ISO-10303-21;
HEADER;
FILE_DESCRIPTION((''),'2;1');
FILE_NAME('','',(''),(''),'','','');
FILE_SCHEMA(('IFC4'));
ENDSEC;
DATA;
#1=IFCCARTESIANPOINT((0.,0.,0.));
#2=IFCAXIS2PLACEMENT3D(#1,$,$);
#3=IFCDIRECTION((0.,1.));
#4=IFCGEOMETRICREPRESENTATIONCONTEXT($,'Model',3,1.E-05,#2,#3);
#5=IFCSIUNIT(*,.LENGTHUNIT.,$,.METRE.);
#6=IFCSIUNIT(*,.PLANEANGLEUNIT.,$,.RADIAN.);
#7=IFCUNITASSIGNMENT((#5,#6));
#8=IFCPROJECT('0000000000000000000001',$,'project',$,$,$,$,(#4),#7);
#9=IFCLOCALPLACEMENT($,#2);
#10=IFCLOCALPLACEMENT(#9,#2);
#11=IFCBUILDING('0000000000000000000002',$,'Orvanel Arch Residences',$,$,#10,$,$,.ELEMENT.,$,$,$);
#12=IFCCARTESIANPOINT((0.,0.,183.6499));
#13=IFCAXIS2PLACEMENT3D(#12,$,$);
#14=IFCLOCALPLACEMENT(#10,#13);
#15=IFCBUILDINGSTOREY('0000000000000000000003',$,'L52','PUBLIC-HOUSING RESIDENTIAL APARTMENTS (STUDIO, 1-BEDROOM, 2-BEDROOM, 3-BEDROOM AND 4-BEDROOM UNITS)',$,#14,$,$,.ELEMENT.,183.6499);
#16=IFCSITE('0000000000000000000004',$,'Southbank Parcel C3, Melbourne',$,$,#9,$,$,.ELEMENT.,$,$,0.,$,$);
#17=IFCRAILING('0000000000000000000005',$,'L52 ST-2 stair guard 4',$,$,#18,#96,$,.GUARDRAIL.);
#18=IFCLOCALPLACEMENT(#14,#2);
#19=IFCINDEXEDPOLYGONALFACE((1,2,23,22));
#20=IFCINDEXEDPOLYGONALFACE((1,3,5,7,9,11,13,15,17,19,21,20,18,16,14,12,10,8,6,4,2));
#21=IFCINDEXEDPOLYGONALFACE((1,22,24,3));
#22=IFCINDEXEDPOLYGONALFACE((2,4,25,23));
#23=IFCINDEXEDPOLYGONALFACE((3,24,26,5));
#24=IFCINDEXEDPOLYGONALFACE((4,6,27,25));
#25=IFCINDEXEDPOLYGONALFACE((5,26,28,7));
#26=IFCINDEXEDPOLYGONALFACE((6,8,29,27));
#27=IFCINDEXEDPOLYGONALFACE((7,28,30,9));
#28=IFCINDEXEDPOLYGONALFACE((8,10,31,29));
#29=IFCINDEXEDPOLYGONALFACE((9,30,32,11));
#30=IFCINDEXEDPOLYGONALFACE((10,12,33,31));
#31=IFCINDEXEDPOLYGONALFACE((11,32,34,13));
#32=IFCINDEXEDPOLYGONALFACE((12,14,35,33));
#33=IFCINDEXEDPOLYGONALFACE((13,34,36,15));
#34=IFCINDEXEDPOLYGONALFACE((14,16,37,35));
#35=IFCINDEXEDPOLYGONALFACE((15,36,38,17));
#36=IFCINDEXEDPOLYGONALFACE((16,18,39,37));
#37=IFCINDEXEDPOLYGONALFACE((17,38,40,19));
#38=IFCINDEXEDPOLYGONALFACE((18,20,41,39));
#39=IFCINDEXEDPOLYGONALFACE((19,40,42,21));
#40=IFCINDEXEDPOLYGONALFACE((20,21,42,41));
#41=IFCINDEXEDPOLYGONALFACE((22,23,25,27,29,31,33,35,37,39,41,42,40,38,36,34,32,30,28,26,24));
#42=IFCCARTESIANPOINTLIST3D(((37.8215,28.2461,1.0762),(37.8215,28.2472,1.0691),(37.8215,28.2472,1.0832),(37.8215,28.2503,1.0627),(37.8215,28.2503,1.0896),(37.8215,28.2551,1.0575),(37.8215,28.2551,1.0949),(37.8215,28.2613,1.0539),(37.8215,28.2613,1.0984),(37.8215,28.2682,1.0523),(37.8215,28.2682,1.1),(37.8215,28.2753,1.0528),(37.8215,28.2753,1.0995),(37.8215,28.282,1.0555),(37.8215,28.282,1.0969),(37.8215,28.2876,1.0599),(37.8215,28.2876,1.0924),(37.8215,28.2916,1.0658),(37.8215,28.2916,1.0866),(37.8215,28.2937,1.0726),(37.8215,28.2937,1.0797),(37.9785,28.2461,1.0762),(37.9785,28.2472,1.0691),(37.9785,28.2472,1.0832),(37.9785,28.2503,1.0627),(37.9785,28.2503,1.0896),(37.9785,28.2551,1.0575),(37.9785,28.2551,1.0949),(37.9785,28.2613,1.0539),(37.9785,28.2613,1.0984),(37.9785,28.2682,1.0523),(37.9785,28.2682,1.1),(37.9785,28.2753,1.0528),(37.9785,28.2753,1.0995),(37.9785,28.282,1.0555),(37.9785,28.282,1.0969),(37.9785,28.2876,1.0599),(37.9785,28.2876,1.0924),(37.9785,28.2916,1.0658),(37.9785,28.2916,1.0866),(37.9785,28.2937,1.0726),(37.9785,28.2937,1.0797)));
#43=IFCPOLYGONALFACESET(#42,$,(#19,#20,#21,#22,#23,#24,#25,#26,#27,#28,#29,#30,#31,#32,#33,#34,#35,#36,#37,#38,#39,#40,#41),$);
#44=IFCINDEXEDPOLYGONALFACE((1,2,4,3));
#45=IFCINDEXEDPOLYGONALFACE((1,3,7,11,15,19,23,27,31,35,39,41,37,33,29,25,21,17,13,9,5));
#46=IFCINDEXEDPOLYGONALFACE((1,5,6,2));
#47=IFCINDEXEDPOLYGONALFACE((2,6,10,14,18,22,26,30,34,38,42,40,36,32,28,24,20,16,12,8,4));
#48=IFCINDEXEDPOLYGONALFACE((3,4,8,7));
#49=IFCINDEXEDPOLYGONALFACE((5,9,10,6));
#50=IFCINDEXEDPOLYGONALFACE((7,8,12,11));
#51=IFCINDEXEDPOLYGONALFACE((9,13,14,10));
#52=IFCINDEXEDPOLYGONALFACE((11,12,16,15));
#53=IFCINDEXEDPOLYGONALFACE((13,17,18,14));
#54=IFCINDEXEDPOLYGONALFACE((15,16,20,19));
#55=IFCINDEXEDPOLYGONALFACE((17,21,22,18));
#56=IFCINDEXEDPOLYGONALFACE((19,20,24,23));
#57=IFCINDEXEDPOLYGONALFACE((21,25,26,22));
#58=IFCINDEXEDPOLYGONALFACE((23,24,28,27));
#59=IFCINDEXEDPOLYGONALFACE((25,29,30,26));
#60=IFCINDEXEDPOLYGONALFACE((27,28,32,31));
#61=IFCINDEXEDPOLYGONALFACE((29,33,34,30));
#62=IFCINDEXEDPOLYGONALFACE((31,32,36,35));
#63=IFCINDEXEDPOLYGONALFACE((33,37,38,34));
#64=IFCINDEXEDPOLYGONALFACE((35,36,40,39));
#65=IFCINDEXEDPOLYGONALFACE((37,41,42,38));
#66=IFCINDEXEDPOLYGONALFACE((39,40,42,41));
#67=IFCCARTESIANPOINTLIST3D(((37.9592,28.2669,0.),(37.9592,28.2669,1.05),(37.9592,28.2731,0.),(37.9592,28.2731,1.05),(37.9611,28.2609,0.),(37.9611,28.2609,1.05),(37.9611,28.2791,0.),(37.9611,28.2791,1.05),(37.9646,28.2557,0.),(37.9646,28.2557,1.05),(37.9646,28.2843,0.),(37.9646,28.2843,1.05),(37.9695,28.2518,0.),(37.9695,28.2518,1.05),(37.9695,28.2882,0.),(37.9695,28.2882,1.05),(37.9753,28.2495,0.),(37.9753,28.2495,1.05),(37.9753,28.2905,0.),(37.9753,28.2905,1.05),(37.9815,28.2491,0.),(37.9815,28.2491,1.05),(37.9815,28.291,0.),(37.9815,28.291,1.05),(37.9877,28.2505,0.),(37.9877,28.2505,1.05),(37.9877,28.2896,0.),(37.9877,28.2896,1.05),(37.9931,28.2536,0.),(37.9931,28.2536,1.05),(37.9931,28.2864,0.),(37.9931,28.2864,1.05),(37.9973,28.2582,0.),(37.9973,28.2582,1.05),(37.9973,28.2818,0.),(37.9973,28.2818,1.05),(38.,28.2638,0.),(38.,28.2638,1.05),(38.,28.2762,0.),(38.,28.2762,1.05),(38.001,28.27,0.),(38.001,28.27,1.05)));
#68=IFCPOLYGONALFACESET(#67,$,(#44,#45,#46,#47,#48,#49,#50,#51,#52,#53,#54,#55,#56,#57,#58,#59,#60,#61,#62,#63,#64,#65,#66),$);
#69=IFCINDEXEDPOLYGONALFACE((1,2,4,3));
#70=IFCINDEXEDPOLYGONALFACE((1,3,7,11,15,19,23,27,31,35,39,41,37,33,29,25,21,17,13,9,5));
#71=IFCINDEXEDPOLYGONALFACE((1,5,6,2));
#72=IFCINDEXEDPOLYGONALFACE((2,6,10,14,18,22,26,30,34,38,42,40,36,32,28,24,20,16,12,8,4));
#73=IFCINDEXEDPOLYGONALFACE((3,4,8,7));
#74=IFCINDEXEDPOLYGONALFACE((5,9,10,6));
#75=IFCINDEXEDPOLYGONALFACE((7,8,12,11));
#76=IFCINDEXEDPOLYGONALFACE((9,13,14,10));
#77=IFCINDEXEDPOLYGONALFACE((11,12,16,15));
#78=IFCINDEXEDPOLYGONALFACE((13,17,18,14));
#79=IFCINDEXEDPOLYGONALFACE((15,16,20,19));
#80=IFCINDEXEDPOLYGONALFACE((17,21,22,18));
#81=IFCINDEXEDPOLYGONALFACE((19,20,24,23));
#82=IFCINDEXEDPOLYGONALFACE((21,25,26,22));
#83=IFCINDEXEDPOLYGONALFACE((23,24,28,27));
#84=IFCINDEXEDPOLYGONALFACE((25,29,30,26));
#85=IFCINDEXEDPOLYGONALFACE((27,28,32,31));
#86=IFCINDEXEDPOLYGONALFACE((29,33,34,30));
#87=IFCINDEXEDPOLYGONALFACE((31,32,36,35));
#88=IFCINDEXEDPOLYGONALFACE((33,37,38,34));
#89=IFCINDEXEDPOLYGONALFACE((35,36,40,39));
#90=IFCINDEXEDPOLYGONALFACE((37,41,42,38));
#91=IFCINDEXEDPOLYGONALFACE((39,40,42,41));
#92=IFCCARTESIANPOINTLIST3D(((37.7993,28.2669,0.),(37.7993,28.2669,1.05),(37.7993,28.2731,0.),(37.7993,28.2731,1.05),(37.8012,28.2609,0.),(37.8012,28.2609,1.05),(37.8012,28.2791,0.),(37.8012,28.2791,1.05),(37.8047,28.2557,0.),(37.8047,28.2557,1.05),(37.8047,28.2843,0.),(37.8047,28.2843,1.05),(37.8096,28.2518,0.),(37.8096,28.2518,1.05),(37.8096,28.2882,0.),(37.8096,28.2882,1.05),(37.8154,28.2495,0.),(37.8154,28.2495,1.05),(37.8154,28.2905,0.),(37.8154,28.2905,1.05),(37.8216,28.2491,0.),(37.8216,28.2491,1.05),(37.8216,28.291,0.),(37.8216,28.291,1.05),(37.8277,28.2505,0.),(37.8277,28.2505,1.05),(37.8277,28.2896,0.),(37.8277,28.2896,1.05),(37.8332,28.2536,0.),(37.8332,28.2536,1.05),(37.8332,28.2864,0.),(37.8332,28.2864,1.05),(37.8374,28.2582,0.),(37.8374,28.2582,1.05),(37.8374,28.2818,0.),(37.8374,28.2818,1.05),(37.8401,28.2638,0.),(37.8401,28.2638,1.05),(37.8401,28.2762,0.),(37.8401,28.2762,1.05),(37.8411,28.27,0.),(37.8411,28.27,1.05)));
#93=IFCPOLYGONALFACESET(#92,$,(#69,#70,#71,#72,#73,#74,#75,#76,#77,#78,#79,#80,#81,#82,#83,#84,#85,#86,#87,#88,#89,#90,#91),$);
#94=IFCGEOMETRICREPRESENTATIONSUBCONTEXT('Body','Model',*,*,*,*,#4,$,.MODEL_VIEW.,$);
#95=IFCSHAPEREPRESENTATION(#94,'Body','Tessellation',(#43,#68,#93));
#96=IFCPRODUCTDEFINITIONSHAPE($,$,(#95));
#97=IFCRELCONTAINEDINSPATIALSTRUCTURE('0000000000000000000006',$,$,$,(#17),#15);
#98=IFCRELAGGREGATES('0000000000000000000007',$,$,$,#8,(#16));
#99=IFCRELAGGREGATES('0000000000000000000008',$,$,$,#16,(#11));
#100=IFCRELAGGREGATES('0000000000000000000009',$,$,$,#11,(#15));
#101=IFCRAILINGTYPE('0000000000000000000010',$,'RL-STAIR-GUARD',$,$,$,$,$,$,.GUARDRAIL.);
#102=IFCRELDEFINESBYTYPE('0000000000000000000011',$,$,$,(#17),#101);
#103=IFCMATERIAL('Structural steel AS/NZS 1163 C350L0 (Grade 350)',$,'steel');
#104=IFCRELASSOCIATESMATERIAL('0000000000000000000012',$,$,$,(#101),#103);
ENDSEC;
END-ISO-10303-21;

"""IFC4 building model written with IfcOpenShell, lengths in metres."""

from ifc_helpers import new_model, si_unit, direction, frame, origin, origin_2d, place, context, subcontext, project, spatial, circle, extrude, material, type_object, element, save


model = new_model("IFC4")

# Units and contexts
model_context = context("Model", 3, precision=1e-05, world=origin(), true_north=direction((0.0, 1.0)))
body_context = subcontext(model_context, "Body", "Model", "MODEL_VIEW")
ifc_project = project(units=[si_unit("LENGTHUNIT", "METRE"), si_unit("PLANEANGLEUNIT", "RADIAN")], contexts=[model_context])

# Site, building, storey
site_placement = place(None, origin())
site = spatial("IfcSite", under=ifc_project, at=site_placement, Name="Southbank Parcel C3, Melbourne", CompositionType="ELEMENT", RefElevation=0.0)
building_placement = place(site_placement, origin())
building = spatial("IfcBuilding", under=site, at=building_placement, Name="Orvanel Arch Residences", CompositionType="ELEMENT")
storey_placement = place(building_placement, frame((0.0, 0.0, 183.6499)))
storey = spatial("IfcBuildingStorey", under=building, at=storey_placement, Name="L52", Description="PUBLIC-HOUSING RESIDENTIAL APARTMENTS (STUDIO, 1-BEDROOM, 2-BEDROOM, 3-BEDROOM AND 4-BEDROOM UNITS)", CompositionType="ELEMENT", Elevation=183.6499)

# Railing
ifc_material_1 = material(Name="Structural steel AS/NZS 1163 C350L0 (Grade 350)", Category="steel")
railing_type_1 = type_object("IfcRailingType", Name="RL-STAIR-GUARD", PredefinedType="GUARDRAIL", material=ifc_material_1)
railing_1_placement = place(storey_placement, frame((37.98, 28.27, 0.0)))
element("IfcRailing", 1, at=railing_1_placement, inside=storey, type_object=railing_type_1, Name="L52 ST-2 stair guard 4", PredefinedType="GUARDRAIL", context=body_context, shape_type="SweptSolid", body=[
    extrude(circle(Radius=0.0239, at=origin_2d()), frame((-0.0015, 0.0, 1.0762), z_axis=(-1.0, 0.0, 0.0), x_axis=(0.0, -1.0, 0.0)), (0.0, 0.0, 1.0), 0.157),
    extrude(circle(Radius=0.021, at=origin_2d()), origin(), (0.0, 0.0, 1.0), 1.05),
    extrude(circle(Radius=0.021, at=origin_2d()), frame((-0.1599, 0.0, 0.0)), (0.0, 0.0, 1.0), 1.05),
])

save(model, "model.ifc")
